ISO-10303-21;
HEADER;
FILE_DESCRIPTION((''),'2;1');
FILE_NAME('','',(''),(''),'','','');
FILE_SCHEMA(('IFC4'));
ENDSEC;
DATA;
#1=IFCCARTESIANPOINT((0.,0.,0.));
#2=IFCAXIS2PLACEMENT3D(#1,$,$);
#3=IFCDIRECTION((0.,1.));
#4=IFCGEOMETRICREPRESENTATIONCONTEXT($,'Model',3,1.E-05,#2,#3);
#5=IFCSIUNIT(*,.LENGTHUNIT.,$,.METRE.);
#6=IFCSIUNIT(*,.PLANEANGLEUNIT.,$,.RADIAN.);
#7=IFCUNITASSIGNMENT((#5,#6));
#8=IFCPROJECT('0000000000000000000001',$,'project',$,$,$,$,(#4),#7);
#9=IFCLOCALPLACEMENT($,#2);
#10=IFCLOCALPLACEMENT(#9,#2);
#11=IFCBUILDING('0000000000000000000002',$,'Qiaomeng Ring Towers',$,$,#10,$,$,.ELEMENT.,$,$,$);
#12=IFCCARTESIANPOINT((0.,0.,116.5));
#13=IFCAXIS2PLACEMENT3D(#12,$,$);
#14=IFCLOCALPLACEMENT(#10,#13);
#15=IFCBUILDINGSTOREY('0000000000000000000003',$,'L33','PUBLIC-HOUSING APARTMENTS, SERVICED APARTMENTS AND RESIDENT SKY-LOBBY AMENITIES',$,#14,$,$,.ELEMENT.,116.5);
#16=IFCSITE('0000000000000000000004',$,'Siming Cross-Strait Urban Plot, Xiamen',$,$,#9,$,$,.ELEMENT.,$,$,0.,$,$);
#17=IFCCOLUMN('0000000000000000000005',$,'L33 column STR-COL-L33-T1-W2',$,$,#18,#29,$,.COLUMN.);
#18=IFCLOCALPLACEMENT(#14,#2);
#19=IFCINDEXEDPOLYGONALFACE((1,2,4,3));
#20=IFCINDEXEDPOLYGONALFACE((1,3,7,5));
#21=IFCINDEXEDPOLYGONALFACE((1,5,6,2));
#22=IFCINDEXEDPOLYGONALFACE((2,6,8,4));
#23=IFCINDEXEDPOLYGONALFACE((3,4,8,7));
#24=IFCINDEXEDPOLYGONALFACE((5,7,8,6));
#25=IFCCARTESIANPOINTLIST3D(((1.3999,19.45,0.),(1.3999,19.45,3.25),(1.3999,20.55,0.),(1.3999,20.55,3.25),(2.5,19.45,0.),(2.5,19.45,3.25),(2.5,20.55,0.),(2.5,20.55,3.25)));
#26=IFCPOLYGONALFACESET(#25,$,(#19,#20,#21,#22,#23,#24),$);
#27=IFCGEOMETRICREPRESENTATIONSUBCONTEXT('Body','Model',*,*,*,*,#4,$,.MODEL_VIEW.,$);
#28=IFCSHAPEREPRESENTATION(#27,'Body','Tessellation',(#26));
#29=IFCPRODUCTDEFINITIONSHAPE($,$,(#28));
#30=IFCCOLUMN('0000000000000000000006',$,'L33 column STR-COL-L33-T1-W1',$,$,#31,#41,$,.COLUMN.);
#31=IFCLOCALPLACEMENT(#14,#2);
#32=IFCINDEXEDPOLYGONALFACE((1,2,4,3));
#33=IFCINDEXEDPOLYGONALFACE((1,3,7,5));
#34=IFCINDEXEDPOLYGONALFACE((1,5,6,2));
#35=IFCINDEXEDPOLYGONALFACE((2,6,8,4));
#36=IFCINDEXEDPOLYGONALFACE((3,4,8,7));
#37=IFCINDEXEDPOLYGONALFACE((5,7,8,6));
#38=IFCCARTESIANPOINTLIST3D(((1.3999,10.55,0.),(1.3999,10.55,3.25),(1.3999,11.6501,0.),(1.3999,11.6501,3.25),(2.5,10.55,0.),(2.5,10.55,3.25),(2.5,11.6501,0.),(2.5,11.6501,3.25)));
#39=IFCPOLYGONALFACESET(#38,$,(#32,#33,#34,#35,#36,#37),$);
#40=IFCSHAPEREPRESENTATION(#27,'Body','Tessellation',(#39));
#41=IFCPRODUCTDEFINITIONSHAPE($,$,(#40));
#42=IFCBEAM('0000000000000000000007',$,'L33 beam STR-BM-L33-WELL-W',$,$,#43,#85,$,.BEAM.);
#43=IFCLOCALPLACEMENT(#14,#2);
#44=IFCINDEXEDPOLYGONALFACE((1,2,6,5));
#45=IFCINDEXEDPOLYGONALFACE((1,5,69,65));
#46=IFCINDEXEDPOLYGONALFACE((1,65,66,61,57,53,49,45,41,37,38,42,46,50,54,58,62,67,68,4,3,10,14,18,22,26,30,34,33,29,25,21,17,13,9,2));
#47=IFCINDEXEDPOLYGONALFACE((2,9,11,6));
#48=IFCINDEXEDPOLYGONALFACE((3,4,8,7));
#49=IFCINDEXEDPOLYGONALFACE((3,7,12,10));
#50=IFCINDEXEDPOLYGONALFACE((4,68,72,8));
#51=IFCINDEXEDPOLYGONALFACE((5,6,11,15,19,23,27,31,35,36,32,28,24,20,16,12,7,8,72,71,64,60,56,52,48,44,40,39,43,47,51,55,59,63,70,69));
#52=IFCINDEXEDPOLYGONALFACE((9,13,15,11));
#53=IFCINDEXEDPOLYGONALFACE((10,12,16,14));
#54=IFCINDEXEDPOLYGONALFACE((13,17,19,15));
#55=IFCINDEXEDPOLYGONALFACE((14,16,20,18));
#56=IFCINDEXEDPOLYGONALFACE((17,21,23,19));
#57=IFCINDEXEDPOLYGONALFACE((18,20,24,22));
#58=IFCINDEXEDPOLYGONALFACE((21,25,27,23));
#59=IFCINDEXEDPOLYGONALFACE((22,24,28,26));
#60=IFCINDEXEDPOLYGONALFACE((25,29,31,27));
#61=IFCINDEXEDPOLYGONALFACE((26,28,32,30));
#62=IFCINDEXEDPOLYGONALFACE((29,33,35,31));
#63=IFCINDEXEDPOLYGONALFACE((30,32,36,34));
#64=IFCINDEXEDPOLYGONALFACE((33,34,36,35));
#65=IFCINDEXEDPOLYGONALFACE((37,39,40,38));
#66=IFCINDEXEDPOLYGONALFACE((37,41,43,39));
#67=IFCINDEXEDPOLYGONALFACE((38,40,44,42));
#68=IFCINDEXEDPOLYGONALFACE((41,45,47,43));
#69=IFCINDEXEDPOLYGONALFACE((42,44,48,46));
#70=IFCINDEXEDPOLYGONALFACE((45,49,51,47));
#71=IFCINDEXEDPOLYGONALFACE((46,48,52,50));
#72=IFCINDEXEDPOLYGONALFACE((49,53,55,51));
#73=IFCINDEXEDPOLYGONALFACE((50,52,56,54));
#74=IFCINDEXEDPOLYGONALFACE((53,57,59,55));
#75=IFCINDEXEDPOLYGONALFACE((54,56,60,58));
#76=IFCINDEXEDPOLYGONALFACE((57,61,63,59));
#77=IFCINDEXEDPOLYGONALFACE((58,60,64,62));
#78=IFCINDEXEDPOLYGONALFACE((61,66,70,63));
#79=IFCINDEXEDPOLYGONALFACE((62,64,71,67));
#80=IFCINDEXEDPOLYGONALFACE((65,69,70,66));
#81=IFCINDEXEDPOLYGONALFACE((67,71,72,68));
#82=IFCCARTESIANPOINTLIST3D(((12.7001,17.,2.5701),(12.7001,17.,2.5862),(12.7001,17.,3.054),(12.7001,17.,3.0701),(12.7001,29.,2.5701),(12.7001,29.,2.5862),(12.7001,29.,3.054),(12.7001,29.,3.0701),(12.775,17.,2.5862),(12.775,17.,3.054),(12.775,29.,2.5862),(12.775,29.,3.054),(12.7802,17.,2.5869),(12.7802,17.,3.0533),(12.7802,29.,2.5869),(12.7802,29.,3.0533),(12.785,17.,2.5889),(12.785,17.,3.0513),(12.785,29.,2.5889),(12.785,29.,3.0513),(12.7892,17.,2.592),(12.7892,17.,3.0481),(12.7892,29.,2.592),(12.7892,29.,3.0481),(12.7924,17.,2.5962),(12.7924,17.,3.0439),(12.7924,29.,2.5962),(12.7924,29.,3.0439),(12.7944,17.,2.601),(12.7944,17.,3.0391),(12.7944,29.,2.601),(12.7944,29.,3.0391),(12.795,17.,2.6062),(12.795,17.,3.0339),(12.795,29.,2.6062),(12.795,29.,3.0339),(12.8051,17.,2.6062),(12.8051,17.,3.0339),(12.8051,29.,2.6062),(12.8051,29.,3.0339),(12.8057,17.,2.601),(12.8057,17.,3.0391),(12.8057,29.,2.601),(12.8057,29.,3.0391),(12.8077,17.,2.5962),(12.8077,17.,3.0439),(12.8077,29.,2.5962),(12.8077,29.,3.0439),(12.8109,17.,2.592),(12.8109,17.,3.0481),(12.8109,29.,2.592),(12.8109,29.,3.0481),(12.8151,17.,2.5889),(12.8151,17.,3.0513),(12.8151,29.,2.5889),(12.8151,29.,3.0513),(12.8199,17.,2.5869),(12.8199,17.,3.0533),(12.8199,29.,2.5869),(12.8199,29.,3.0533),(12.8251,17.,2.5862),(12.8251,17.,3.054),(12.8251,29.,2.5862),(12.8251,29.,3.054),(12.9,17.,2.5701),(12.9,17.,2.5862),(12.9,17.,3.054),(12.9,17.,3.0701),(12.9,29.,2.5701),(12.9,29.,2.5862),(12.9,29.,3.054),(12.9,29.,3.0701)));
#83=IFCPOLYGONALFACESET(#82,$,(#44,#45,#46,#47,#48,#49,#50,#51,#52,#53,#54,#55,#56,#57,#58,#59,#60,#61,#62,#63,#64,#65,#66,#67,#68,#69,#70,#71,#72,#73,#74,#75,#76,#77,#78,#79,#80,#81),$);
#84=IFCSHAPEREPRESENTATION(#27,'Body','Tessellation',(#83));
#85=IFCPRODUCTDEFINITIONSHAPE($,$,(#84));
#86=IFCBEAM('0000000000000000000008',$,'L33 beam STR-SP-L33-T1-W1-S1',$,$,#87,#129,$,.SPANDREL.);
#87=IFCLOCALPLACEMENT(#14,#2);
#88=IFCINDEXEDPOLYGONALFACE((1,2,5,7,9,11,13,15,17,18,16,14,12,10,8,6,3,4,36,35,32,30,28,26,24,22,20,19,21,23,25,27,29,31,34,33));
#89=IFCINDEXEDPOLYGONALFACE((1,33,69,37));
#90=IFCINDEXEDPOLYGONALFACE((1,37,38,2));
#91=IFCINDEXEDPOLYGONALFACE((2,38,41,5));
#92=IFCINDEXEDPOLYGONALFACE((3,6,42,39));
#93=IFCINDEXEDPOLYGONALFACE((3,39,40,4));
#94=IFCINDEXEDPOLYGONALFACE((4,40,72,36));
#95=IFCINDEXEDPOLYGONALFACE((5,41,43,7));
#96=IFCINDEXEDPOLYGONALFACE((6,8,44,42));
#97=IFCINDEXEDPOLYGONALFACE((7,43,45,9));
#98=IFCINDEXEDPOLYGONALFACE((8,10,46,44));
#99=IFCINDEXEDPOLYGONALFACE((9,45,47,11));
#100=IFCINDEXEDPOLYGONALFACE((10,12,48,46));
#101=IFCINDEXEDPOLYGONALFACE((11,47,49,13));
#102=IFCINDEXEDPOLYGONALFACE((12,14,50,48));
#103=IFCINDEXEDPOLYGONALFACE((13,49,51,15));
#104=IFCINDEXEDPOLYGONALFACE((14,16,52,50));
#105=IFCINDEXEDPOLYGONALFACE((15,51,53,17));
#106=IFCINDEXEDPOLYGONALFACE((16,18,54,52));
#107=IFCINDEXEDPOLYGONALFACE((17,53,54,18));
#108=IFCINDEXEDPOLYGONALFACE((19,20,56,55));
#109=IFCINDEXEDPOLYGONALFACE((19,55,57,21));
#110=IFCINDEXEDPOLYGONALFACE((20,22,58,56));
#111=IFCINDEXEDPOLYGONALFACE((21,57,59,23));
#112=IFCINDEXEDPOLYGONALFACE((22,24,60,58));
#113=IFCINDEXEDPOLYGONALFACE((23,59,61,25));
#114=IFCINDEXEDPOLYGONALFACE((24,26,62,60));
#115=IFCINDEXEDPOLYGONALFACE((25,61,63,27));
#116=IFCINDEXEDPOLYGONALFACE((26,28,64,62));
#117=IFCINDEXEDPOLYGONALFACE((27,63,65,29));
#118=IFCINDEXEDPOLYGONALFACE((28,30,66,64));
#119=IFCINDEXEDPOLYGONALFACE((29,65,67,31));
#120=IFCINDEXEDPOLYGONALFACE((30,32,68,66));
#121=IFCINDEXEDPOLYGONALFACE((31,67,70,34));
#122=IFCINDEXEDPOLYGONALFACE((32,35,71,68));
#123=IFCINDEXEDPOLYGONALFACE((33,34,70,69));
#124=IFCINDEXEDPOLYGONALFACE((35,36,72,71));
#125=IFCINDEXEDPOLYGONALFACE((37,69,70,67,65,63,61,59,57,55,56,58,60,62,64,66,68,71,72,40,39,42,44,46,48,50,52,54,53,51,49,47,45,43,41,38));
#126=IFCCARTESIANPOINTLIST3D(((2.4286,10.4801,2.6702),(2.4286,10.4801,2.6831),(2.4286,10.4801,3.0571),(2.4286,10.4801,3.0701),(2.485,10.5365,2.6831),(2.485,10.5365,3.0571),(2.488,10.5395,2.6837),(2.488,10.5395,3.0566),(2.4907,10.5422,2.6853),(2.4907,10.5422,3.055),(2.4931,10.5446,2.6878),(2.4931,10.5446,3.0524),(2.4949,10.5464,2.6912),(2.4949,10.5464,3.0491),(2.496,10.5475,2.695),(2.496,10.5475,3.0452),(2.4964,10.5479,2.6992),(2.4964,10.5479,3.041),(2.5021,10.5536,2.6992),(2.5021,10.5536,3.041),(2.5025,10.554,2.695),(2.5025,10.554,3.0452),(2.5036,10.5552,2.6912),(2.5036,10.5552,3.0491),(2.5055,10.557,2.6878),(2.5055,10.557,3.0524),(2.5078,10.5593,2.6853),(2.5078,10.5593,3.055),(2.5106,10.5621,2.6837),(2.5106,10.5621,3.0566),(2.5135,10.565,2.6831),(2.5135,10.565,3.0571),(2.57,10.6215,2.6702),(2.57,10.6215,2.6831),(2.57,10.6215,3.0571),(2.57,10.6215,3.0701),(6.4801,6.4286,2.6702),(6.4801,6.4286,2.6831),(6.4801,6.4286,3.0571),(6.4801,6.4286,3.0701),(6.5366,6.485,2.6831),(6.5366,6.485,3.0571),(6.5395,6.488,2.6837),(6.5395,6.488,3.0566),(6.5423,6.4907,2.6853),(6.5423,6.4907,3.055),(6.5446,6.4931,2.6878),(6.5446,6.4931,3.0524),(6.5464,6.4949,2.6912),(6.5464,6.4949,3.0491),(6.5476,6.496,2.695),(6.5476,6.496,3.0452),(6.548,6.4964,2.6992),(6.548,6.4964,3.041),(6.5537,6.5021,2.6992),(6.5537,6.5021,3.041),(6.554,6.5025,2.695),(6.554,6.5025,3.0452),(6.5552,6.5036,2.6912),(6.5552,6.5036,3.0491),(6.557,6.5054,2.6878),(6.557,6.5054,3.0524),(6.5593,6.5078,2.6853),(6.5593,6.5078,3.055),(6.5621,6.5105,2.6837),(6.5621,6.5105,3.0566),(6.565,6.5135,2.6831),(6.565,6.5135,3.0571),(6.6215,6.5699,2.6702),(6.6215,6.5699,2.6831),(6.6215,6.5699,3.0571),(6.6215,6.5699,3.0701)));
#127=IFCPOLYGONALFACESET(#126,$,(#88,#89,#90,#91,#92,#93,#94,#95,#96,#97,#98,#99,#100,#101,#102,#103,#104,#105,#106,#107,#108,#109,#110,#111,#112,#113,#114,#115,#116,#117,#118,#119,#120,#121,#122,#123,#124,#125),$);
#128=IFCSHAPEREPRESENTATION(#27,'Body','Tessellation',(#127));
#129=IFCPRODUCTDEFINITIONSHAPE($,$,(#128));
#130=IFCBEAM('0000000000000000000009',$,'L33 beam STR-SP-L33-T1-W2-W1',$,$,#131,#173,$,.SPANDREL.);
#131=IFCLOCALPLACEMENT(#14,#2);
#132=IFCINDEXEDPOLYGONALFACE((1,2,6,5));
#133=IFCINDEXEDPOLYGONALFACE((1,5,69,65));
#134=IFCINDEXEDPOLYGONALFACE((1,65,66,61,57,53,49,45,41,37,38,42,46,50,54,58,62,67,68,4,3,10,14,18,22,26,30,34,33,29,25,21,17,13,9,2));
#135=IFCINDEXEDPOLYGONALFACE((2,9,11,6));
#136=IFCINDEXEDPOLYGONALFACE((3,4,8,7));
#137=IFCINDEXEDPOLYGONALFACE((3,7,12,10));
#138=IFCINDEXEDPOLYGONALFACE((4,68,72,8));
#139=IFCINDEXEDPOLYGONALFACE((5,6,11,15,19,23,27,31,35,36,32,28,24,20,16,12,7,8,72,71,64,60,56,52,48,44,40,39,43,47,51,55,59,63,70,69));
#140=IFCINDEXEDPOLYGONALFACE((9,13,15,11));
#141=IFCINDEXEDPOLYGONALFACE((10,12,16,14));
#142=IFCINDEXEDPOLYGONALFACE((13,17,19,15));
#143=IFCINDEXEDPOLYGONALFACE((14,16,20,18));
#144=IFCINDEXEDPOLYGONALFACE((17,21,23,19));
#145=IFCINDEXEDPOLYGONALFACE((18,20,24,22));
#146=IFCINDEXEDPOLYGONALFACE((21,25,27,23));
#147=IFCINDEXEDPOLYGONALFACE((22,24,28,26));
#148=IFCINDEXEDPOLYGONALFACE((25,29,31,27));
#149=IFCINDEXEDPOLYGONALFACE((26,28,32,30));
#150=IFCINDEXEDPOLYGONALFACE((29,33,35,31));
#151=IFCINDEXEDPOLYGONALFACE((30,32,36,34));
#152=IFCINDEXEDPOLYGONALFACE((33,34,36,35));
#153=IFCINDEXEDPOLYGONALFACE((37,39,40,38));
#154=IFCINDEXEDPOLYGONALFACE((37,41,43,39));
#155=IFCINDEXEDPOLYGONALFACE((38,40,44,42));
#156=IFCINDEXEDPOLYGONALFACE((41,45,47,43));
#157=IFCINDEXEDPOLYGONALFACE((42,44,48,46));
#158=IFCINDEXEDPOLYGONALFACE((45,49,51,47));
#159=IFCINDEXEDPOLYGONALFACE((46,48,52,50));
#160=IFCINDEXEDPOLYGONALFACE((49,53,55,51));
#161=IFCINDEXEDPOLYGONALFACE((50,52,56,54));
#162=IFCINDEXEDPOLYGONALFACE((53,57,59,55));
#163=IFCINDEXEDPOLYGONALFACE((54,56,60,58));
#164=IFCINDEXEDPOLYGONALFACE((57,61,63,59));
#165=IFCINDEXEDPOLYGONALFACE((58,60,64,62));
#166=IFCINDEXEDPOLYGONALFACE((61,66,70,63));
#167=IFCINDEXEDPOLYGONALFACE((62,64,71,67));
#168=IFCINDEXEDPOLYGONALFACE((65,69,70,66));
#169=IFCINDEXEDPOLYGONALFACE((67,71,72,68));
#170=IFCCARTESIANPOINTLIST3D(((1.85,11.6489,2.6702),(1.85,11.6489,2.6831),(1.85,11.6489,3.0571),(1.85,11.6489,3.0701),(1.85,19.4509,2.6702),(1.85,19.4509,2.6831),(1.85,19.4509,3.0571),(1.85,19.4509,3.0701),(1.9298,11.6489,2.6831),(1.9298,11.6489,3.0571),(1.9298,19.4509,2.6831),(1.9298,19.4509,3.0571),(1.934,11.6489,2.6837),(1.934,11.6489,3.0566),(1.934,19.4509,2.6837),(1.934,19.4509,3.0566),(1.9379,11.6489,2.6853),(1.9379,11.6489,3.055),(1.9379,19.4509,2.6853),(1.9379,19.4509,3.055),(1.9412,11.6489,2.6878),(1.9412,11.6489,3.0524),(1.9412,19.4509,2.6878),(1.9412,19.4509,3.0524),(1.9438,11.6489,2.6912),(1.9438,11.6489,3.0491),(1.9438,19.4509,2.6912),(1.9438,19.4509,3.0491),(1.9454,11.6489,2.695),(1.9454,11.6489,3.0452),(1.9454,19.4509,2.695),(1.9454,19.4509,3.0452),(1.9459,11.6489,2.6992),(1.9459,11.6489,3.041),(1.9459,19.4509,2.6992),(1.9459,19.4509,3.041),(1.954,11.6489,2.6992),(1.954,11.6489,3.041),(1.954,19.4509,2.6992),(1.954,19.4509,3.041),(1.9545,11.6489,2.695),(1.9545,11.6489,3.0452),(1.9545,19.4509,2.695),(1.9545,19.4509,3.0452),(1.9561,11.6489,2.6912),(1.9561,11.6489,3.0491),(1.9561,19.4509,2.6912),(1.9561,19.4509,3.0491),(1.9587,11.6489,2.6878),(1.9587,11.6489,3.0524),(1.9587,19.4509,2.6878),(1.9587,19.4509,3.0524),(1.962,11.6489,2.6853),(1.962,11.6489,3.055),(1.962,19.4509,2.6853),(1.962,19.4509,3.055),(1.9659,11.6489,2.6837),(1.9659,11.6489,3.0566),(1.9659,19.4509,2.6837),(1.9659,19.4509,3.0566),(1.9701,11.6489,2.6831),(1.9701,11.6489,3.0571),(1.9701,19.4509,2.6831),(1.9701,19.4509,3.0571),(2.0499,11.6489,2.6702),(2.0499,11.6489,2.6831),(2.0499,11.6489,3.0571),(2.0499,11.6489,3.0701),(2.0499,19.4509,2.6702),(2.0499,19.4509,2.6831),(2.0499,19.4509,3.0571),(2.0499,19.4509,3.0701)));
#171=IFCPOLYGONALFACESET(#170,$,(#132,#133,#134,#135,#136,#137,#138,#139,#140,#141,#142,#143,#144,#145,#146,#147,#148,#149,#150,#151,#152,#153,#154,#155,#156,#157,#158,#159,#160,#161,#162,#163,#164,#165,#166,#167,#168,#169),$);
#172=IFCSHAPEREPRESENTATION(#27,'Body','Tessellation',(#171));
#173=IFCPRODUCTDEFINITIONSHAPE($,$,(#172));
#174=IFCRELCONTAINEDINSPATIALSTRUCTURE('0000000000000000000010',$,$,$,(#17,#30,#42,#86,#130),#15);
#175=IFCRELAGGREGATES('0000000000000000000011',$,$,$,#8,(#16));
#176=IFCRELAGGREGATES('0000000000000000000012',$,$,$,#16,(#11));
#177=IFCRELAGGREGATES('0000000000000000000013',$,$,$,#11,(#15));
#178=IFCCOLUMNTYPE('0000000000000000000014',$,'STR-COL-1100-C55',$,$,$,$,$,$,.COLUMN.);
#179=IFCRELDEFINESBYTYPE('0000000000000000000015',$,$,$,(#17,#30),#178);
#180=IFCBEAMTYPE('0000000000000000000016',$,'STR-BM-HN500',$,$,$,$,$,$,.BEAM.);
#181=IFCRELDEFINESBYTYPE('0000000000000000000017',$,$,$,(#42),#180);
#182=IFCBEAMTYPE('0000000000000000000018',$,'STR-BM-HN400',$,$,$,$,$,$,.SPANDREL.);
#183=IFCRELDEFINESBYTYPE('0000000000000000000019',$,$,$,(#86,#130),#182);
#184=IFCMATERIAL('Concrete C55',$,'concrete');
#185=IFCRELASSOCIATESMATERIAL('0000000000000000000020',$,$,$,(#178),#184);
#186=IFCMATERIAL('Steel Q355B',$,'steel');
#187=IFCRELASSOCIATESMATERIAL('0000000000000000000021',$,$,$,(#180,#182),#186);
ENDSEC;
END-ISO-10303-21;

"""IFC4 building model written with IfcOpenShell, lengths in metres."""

from ifc_helpers import new_model, si_unit, direction, frame, origin, origin_2d, place, context, subcontext, project, spatial, rectangle, i_section, extrude, source, transform, mapped, material, material_profile, profile_set, type_object, element, save


model = new_model("IFC4")

# Units and contexts
model_context = context("Model", 3, precision=1e-05, world=origin(), true_north=direction((0.0, 1.0)))
body_context = subcontext(model_context, "Body", "Model", "MODEL_VIEW")
ifc_project = project(units=[si_unit("LENGTHUNIT", "METRE"), si_unit("PLANEANGLEUNIT", "RADIAN")], contexts=[model_context])

# Site, building, storey
site_placement = place(None, origin())
site = spatial("IfcSite", under=ifc_project, at=site_placement, Name="Siming Cross-Strait Urban Plot, Xiamen", CompositionType="ELEMENT", RefElevation=0.0)
building_placement = place(site_placement, origin())
building = spatial("IfcBuilding", under=site, at=building_placement, Name="Qiaomeng Ring Towers", CompositionType="ELEMENT")
storey_placement = place(building_placement, frame((0.0, 0.0, 116.5)))
storey = spatial("IfcBuildingStorey", under=building, at=storey_placement, Name="L33", Description="PUBLIC-HOUSING APARTMENTS, SERVICED APARTMENTS AND RESIDENT SKY-LOBBY AMENITIES", CompositionType="ELEMENT", Elevation=116.5)

# Columns
ifc_material_1 = material(Name="Concrete C55", Category="concrete")
ifc_material_profile_1 = material_profile(ifc_material_1, rectangle(XDim=1.1001, YDim=1.1001, at=origin_2d()), Name="RC COL 1100x1100")
ifc_profile_set_1 = profile_set([ifc_material_profile_1], Name="Concrete C55")
column_type = type_object("IfcColumnType", Name="STR-COL-1100-C55", PredefinedType="COLUMN", material=ifc_profile_set_1)
shared_shape_1 = source(origin(), body_context, "Body", "SweptSolid", [
    extrude(rectangle(XDim=1.1001, YDim=1.1001, at=origin_2d()), origin(), (0.0, 0.0, 1.0), 3.25),
])
for number, where, z_axis, x_axis, name in (
    (1, (1.95, 20.0, 0.0), (0.0, 0.0, 1.0), (1.0, 0.0, 0.0), "L33 column STR-COL-L33-T1-W2"),
    (2, (1.95, 11.1001, 0.0), (0.0, 0.0, 1.0), (1.0, 0.0, 0.0), "L33 column STR-COL-L33-T1-W1"),
):
    element("IfcColumn", number, at=place(storey_placement, frame(where, z_axis=z_axis, x_axis=x_axis)), inside=storey, type_object=column_type, Name=name, PredefinedType="COLUMN", context=body_context, shape_type="MappedRepresentation", body=[
        mapped(shared_shape_1, transform((0.0, 0.0, 0.0), x_axis=(1.0, 0.0, 0.0), y_axis=(0.0, 1.0, 0.0), z_axis=(0.0, 0.0, 1.0), scale=1.0)),
    ])

# Beams
ifc_material_2 = material(Name="Steel Q355B", Category="steel")
ifc_material_profile_2 = material_profile(ifc_material_2, i_section(OverallWidth=0.2, OverallDepth=0.5, WebThickness=0.01, FlangeThickness=0.0161, FilletRadius=0.02, at=origin_2d()), Name="HN 500x200x10x16")
ifc_profile_set_2 = profile_set([ifc_material_profile_2], Name="Steel Q355B")
beam_type_1 = type_object("IfcBeamType", Name="STR-BM-HN500", PredefinedType="BEAM", material=ifc_profile_set_2)
shared_shape_2 = source(origin(), body_context, "Body", "SweptSolid", [
    extrude(i_section(OverallWidth=0.2, OverallDepth=0.5, WebThickness=0.01, FlangeThickness=0.0161, FilletRadius=0.02, at=origin_2d()), origin(), (0.0, 0.0, 1.0), 12.0),
])
beam_1_placement = place(storey_placement, frame((12.8, 17.0, 2.8201), z_axis=(0.0, 1.0, 0.0), x_axis=(-1.0, 0.0, 0.0)))
element("IfcBeam", 3, at=beam_1_placement, inside=storey, type_object=beam_type_1, Name="L33 beam STR-BM-L33-WELL-W", PredefinedType="BEAM", context=body_context, shape_type="MappedRepresentation", body=[
    mapped(shared_shape_2, transform((0.0, 0.0, 0.0), x_axis=(1.0, 0.0, 0.0), y_axis=(0.0, 1.0, 0.0), z_axis=(0.0, 0.0, 1.0), scale=1.0)),
])
ifc_material_profile_3 = material_profile(ifc_material_2, i_section(OverallWidth=0.2, OverallDepth=0.3999, WebThickness=0.0081, FlangeThickness=0.0129, FilletRadius=0.0161, at=origin_2d()), Name="HN 400x200x8x13")
ifc_profile_set_3 = profile_set([ifc_material_profile_3], Name="Steel Q355B")
beam_type_2 = type_object("IfcBeamType", Name="STR-BM-HN400", PredefinedType="SPANDREL", material=ifc_profile_set_3)
shared_shape_3 = source(origin(), body_context, "Body", "SweptSolid", [
    extrude(i_section(OverallWidth=0.2, OverallDepth=0.3999, WebThickness=0.0081, FlangeThickness=0.0129, FilletRadius=0.0161, at=origin_2d()), origin(), (0.0, 0.0, 1.0), 5.7297),
])
beam_2_placement = place(storey_placement, frame((2.4993, 10.5508, 2.8701), z_axis=(0.707107, -0.707107, 0.0), x_axis=(0.707107, 0.707107, 0.0)))
element("IfcBeam", 4, at=beam_2_placement, inside=storey, type_object=beam_type_2, Name="L33 beam STR-SP-L33-T1-W1-S1", PredefinedType="SPANDREL", context=body_context, shape_type="MappedRepresentation", body=[
    mapped(shared_shape_3, transform((0.0, 0.0, 0.0), x_axis=(1.0, 0.0, 0.0), y_axis=(0.0, 1.0, 0.0), z_axis=(0.0, 0.0, 1.0), scale=1.0)),
])
shared_shape_4 = source(origin(), body_context, "Body", "SweptSolid", [
    extrude(i_section(OverallWidth=0.2, OverallDepth=0.3999, WebThickness=0.0081, FlangeThickness=0.0129, FilletRadius=0.0161, at=origin_2d()), origin(), (0.0, 0.0, 1.0), 7.802),
])
beam_3_placement = place(storey_placement, frame((1.95, 19.4509, 2.8701), z_axis=(0.0, -1.0, 0.0), x_axis=(1.0, 0.0, 0.0)))
element("IfcBeam", 5, at=beam_3_placement, inside=storey, type_object=beam_type_2, Name="L33 beam STR-SP-L33-T1-W2-W1", PredefinedType="SPANDREL", context=body_context, shape_type="MappedRepresentation", body=[
    mapped(shared_shape_4, transform((0.0, 0.0, 0.0), x_axis=(1.0, 0.0, 0.0), y_axis=(0.0, 1.0, 0.0), z_axis=(0.0, 0.0, 1.0), scale=1.0)),
])

save(model, "model.ifc")
